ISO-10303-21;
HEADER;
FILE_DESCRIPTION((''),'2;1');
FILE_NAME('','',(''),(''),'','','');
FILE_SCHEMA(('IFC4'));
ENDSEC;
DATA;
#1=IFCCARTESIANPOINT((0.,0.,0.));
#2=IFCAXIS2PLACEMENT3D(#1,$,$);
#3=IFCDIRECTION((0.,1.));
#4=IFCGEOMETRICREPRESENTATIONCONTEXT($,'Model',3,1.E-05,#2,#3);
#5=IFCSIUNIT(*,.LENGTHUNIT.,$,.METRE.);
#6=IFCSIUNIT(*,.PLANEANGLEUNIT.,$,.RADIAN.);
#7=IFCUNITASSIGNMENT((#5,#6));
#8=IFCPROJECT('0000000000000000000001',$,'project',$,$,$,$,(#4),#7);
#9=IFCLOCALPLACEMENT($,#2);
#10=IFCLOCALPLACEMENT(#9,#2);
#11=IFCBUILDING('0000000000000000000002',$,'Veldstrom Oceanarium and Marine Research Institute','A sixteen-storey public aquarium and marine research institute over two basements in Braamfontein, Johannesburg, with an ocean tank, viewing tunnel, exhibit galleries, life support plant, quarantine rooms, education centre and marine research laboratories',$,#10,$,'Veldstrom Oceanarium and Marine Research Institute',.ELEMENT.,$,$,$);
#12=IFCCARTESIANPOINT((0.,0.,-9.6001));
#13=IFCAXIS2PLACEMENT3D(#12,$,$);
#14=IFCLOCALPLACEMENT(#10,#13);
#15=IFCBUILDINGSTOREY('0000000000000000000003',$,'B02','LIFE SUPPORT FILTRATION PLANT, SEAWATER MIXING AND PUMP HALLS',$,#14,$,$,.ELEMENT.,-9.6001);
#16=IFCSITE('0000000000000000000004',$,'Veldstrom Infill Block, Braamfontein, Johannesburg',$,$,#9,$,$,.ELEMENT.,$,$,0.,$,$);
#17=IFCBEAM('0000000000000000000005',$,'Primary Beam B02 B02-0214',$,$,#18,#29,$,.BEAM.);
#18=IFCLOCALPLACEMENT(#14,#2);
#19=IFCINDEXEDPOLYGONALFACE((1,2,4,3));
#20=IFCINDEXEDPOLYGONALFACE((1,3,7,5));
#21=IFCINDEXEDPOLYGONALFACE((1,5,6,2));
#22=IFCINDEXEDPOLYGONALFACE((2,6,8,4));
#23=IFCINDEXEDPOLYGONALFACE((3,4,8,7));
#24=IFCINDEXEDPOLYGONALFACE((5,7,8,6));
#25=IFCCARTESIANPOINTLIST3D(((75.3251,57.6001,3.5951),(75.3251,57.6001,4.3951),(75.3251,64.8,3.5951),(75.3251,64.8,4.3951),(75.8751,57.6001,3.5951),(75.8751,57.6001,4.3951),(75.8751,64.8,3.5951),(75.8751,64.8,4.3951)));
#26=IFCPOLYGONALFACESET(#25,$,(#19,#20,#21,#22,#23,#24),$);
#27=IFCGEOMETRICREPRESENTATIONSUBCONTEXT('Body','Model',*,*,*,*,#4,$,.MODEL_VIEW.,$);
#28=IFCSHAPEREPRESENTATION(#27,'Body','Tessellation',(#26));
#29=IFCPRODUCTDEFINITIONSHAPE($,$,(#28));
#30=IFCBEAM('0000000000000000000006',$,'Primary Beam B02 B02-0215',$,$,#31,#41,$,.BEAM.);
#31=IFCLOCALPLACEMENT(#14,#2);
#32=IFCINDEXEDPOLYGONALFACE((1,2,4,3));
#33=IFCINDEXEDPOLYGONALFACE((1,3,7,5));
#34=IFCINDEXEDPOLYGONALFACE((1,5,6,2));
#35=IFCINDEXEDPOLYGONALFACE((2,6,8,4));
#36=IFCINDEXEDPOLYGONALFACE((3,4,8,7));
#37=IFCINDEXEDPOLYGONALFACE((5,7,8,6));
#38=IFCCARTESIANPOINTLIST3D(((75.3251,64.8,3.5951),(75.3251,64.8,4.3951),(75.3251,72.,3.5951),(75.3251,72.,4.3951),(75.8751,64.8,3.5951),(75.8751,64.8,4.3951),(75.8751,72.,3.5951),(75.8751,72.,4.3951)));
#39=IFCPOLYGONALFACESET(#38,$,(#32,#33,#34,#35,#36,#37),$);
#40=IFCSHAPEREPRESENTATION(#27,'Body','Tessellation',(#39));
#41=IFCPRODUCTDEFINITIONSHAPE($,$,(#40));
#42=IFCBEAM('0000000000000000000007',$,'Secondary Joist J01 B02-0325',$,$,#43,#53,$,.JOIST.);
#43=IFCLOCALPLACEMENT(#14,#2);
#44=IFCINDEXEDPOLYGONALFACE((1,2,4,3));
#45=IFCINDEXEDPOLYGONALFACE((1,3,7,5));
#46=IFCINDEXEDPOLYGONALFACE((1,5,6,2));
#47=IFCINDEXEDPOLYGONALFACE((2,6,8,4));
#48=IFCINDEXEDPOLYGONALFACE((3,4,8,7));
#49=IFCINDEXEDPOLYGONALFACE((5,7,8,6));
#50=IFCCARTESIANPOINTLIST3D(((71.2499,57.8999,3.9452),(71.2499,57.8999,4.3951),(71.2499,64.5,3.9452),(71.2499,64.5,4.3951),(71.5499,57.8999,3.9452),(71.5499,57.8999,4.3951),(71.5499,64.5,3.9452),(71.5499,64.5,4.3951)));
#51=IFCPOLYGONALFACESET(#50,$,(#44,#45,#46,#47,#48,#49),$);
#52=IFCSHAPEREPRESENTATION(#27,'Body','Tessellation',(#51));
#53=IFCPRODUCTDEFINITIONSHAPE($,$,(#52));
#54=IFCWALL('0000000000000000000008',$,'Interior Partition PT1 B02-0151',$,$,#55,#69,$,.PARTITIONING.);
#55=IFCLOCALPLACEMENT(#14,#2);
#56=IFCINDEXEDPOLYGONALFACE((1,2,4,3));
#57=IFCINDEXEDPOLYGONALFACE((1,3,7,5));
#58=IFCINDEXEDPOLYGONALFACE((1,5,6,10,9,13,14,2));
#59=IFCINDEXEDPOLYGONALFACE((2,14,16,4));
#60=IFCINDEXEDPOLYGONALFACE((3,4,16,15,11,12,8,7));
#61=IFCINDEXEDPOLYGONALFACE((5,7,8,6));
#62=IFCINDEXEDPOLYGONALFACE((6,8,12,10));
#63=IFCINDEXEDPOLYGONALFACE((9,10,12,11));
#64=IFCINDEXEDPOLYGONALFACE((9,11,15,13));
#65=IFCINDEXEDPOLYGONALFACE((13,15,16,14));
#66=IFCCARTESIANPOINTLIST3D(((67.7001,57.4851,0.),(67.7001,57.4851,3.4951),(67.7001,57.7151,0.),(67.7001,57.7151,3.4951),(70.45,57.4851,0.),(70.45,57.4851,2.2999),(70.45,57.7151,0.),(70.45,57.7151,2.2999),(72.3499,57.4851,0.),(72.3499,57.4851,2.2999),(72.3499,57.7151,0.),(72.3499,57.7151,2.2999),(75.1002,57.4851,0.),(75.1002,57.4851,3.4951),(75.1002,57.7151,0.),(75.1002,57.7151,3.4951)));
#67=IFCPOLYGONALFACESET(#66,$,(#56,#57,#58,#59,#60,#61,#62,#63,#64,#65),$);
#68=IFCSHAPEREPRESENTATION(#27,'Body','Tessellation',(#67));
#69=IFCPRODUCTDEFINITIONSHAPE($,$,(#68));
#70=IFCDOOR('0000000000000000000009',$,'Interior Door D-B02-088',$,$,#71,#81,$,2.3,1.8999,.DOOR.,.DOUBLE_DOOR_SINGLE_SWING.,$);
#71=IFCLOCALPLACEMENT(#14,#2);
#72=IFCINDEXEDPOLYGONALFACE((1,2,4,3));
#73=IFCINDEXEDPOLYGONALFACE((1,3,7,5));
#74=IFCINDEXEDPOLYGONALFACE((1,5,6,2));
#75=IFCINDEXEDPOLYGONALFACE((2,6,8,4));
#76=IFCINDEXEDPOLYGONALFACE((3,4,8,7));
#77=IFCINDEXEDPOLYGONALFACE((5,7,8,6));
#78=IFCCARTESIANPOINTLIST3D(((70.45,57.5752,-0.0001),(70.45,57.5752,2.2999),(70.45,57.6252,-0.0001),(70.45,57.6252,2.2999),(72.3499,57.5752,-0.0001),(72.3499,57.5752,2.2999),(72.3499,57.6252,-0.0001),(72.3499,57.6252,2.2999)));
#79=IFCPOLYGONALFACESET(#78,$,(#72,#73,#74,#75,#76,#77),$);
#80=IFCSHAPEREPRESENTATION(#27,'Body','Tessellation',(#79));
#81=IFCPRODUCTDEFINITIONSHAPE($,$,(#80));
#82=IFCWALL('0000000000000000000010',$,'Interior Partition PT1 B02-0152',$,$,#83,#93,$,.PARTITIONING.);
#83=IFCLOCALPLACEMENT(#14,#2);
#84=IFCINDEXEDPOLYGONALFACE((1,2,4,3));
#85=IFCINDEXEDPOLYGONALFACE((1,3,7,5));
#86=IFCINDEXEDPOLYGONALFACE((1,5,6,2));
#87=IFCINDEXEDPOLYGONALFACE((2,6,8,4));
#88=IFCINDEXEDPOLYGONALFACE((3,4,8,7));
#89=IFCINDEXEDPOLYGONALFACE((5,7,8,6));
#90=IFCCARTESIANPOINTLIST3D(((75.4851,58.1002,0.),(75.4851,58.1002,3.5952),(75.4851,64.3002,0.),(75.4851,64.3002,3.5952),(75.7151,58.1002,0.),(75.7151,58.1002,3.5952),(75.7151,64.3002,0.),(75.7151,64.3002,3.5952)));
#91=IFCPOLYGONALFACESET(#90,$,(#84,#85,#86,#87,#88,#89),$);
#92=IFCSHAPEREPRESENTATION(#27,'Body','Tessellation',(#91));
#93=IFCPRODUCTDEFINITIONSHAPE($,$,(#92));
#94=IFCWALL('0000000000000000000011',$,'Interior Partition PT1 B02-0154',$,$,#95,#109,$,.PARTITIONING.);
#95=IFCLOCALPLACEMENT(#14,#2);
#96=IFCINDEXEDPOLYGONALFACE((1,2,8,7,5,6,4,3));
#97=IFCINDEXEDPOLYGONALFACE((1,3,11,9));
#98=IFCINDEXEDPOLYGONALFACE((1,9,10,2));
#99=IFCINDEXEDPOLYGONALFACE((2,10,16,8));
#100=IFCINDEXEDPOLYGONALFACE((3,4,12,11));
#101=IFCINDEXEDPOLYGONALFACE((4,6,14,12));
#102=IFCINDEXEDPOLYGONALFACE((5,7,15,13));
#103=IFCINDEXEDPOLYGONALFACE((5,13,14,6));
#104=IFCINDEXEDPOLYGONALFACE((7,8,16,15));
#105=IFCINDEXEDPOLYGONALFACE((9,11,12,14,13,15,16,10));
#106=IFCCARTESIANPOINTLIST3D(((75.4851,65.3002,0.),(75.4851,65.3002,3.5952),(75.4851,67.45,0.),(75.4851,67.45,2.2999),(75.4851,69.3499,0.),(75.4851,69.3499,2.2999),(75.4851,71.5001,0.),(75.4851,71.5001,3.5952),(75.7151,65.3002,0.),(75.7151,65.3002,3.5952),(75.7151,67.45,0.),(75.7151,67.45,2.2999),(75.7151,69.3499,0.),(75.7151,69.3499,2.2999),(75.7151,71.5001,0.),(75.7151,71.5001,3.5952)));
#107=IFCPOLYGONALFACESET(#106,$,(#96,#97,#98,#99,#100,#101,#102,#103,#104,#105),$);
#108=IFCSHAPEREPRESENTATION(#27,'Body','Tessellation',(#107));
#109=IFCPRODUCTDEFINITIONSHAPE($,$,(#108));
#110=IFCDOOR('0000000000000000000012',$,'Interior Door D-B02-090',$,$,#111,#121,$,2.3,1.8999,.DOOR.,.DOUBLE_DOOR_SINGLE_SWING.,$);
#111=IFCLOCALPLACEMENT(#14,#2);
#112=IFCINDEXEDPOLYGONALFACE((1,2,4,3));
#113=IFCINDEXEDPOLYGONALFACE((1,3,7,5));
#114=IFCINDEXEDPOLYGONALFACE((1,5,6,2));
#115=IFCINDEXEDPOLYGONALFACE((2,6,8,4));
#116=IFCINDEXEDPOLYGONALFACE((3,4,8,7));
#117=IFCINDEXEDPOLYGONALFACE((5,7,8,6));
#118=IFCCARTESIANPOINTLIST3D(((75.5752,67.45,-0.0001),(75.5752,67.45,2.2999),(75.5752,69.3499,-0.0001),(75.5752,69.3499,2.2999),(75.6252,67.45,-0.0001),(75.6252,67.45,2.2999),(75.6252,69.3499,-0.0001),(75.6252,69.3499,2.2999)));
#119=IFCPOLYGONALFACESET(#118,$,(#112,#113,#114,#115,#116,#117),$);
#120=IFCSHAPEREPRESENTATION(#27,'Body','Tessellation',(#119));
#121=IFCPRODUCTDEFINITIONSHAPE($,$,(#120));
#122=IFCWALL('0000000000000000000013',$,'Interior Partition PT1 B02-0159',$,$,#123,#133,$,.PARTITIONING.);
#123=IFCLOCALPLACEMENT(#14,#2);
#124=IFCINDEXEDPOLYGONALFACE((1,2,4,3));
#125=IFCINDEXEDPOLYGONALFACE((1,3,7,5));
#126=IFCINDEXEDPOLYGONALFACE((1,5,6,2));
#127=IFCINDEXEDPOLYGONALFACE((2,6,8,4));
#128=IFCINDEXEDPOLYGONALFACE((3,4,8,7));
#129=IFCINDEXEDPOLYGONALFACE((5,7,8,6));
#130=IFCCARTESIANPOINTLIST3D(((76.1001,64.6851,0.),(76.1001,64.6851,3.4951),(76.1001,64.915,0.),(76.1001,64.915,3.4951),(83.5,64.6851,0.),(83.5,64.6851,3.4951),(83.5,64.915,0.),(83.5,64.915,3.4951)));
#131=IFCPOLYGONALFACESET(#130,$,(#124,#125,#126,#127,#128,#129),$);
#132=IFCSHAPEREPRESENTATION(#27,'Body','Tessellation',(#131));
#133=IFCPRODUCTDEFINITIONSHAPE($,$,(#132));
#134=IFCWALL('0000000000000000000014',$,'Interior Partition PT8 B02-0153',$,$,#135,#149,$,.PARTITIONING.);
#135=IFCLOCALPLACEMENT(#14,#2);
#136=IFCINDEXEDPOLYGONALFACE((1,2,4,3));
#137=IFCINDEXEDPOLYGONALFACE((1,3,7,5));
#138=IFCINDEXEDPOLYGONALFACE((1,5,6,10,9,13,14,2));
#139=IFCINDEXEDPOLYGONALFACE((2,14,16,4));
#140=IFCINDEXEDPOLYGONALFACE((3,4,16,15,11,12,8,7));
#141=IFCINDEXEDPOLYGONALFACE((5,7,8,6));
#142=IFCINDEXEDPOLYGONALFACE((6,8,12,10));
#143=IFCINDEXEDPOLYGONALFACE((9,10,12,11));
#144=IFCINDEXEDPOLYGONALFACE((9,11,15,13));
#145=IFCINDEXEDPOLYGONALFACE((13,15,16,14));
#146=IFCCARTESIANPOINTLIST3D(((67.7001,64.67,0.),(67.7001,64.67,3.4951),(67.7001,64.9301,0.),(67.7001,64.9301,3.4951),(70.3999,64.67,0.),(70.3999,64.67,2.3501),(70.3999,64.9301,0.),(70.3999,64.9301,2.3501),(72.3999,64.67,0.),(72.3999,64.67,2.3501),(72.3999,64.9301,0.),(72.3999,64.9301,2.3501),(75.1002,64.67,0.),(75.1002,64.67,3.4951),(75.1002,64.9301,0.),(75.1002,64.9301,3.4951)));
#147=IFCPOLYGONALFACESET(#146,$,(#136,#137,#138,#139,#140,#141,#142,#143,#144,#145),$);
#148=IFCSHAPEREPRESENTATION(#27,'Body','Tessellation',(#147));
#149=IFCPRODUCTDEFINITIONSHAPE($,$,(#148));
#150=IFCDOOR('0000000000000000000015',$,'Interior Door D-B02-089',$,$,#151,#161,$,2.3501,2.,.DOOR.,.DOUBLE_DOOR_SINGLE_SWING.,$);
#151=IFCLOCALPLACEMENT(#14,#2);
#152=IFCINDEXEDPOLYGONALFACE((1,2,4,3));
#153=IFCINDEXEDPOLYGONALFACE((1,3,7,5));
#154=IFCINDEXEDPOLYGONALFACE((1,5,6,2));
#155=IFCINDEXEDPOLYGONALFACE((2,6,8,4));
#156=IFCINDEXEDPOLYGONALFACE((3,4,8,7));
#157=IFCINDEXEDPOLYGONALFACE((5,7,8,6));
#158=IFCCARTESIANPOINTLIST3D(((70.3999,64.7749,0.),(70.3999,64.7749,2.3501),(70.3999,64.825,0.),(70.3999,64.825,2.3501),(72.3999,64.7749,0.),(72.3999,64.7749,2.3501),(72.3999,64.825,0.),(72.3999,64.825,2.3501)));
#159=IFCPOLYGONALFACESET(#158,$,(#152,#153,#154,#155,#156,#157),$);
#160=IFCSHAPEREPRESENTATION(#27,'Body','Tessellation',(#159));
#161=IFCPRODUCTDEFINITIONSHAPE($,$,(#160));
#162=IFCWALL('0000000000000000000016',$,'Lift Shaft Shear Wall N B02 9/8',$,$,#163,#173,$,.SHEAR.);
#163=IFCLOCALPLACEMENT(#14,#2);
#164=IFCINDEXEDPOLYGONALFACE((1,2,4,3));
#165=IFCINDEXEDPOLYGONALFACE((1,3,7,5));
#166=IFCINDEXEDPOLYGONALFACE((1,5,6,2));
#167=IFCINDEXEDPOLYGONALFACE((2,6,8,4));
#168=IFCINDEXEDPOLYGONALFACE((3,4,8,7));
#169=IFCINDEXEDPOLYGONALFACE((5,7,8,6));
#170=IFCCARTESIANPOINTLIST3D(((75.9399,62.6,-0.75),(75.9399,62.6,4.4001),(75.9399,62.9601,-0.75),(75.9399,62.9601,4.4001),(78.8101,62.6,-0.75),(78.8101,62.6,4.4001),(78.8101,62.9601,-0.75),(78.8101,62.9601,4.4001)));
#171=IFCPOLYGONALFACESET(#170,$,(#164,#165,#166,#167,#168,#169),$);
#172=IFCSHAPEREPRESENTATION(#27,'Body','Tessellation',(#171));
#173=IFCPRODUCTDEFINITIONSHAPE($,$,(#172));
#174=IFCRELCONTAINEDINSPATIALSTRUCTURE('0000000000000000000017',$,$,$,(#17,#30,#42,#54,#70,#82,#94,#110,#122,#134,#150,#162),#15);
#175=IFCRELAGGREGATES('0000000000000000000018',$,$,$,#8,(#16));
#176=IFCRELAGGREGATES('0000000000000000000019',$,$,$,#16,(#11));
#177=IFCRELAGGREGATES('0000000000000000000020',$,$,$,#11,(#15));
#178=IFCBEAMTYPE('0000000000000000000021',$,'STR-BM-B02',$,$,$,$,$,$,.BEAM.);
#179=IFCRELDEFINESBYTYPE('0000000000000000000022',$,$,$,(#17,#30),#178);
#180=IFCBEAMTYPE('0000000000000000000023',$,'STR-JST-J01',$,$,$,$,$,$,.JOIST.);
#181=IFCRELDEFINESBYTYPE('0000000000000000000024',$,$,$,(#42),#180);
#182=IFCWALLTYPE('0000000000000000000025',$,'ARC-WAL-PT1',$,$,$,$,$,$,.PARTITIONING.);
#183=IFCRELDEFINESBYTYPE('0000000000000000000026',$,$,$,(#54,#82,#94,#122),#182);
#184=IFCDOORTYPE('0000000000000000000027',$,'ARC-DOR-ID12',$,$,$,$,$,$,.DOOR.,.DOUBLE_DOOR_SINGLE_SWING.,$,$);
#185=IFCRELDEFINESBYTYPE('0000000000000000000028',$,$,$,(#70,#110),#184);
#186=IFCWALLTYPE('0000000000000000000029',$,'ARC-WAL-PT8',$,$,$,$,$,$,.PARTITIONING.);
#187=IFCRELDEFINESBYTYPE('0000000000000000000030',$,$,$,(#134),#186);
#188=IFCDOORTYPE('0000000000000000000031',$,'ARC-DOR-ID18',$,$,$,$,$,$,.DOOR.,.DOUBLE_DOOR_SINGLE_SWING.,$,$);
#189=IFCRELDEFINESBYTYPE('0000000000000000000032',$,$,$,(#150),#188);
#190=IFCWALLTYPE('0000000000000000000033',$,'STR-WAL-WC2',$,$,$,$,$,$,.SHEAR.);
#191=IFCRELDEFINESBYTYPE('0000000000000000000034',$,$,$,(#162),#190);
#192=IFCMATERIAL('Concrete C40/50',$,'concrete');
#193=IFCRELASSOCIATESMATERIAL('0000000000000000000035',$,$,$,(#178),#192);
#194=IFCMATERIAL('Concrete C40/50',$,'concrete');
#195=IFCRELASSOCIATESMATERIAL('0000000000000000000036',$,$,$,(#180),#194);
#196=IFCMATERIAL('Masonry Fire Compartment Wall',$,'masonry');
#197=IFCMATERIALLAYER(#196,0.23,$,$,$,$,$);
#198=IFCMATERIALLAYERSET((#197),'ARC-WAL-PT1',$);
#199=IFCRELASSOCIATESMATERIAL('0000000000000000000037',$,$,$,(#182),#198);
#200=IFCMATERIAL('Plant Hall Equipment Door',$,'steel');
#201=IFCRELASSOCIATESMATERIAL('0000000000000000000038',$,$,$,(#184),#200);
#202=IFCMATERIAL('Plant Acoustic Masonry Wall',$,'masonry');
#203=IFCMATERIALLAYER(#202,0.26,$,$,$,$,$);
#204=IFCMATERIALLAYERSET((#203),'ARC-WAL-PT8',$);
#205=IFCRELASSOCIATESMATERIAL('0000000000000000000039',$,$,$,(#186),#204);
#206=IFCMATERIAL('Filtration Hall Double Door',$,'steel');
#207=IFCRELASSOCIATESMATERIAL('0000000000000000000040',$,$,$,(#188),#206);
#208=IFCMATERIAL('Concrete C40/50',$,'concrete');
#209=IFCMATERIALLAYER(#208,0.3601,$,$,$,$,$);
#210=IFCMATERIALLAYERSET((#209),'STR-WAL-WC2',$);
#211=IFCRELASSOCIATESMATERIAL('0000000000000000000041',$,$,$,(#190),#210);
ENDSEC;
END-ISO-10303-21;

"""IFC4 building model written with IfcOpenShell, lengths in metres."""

from ifc_helpers import new_model, si_unit, direction, frame, frame_2d, origin, origin_2d, place, context, subcontext, project, spatial, rectangle, extrude, material, layer, layer_set, material_profile, profile_set, type_object, element, fill, save


model = new_model("IFC4")

# Units and contexts
model_context = context("Model", 3, precision=1e-05, world=origin(), true_north=direction((0.0, 1.0)))
body_context = subcontext(model_context, "Body", "Model", "MODEL_VIEW")
ifc_project = project(units=[si_unit("LENGTHUNIT", "METRE"), si_unit("PLANEANGLEUNIT", "RADIAN")], contexts=[model_context])

# Site, building, storey
site_placement = place(None, origin())
site = spatial("IfcSite", under=ifc_project, at=site_placement, Name="Veldstrom Infill Block, Braamfontein, Johannesburg", CompositionType="ELEMENT", RefElevation=0.0)
building_placement = place(site_placement, origin())
building = spatial("IfcBuilding", under=site, at=building_placement, Name="Veldstrom Oceanarium and Marine Research Institute", Description="A sixteen-storey public aquarium and marine research institute over two basements in Braamfontein, Johannesburg, with an ocean tank, viewing tunnel, exhibit galleries, life support plant, quarantine rooms, education centre and marine research laboratories", LongName="Veldstrom Oceanarium and Marine Research Institute", CompositionType="ELEMENT")
storey_placement = place(building_placement, frame((0.0, 0.0, -9.6001)))
storey = spatial("IfcBuildingStorey", under=building, at=storey_placement, Name="B02", Description="LIFE SUPPORT FILTRATION PLANT, SEAWATER MIXING AND PUMP HALLS", CompositionType="ELEMENT", Elevation=-9.6001)

# Beams
ifc_material_1 = material(Name="Concrete C40/50", Category="concrete")
ifc_material_profile_1 = material_profile(ifc_material_1, rectangle(XDim=0.55, YDim=0.8, at=origin_2d()), Name="RC-BM-550x800")
ifc_profile_set_1 = profile_set([ifc_material_profile_1], Name="Concrete C40/50")
beam_type_1 = type_object("IfcBeamType", Name="STR-BM-B02", PredefinedType="BEAM", material=ifc_profile_set_1)
for number, where, z_axis, x_axis, name in (
    (1, (75.6001, 57.6001, 3.9951), (0.0, 1.0, 0.0), (-1.0, 0.0, 0.0), "Primary Beam B02 B02-0214"),
    (2, (75.6001, 64.8, 3.9951), (0.0, 1.0, 0.0), (-1.0, 0.0, 0.0), "Primary Beam B02 B02-0215"),
):
    element("IfcBeam", number, at=place(storey_placement, frame(where, z_axis=z_axis, x_axis=x_axis)), inside=storey, type_object=beam_type_1, Name=name, PredefinedType="BEAM", context=body_context, shape_type="SweptSolid", body=[
        extrude(rectangle(XDim=0.55, YDim=0.8, at=origin_2d()), origin(), (0.0, 0.0, 1.0), 7.2),
    ])
ifc_material_2 = material(Name="Concrete C40/50", Category="concrete")
ifc_material_profile_2 = material_profile(ifc_material_2, rectangle(XDim=0.3, YDim=0.45, at=origin_2d()), Name="RC-JST-300x450")
ifc_profile_set_2 = profile_set([ifc_material_profile_2], Name="Concrete C40/50")
beam_type_2 = type_object("IfcBeamType", Name="STR-JST-J01", PredefinedType="JOIST", material=ifc_profile_set_2)
beam_placement = place(storey_placement, frame((71.3999, 57.8999, 4.1702), z_axis=(0.0, 1.0, 0.0), x_axis=(-1.0, 0.0, 0.0)))
element("IfcBeam", 3, at=beam_placement, inside=storey, type_object=beam_type_2, Name="Secondary Joist J01 B02-0325", PredefinedType="JOIST", context=body_context, shape_type="SweptSolid", body=[
    extrude(rectangle(XDim=0.3, YDim=0.45, at=origin_2d()), origin(), (0.0, 0.0, 1.0), 6.6001),
])

# Wall, opening, door
ifc_material_3 = material(Name="Masonry Fire Compartment Wall", Category="masonry")
ifc_layer_1 = layer(ifc_material_3, 0.23)
ifc_layer_set_1 = layer_set([ifc_layer_1], Name="ARC-WAL-PT1")
wall_type_1 = type_object("IfcWallType", Name="ARC-WAL-PT1", PredefinedType="PARTITIONING", material=ifc_layer_set_1)
wall_1_placement = place(storey_placement, frame((67.7, 57.6001, 0.0), z_axis=(0.0, 0.0, 1.0), x_axis=(1.0, 0.0, 0.0)))
wall_1 = element("IfcWall", 4, at=wall_1_placement, inside=storey, type_object=wall_type_1, Name="Interior Partition PT1 B02-0151", PredefinedType="PARTITIONING", context=body_context, shape_type="SweptSolid", body=[
    extrude(rectangle(XDim=7.4001, YDim=0.23, at=frame_2d((3.7002, 0.0))), origin(), (0.0, 0.0, 1.0), 3.4951),
])
opening_1_placement = place(wall_1_placement, frame((2.75, 0.0, 0.0)))
opening_1 = element("IfcOpeningElement", 5, at=opening_1_placement, cuts=wall_1, PredefinedType="OPENING", context=body_context, shape_type="SweptSolid", body=[
    extrude(rectangle(XDim=1.8999, YDim=2.3, at=frame_2d((0.95, 1.1499))), frame((0.0, 0.125, 0.0), z_axis=(0.0, -1.0, 0.0), x_axis=(1.0, 0.0, 0.0)), (0.0, 0.0, 1.0), 0.25),
])
ifc_material_4 = material(Name="Plant Hall Equipment Door", Category="steel")
door_type_1 = type_object("IfcDoorType", Name="ARC-DOR-ID12", OperationType="DOUBLE_DOOR_SINGLE_SWING", PredefinedType="DOOR", material=ifc_material_4)
door_1_placement = place(opening_1_placement, frame((1.8999, 0.0, 0.0), z_axis=(0.0, 0.0, 1.0), x_axis=(-1.0, 0.0, 0.0)))
door_1 = element("IfcDoor", 6, at=door_1_placement, inside=storey, type_object=door_type_1, Name="Interior Door D-B02-088", OperationType="DOUBLE_DOOR_SINGLE_SWING", OverallHeight=2.3, OverallWidth=1.8999, PredefinedType="DOOR", context=body_context, shape_type="SweptSolid", body=[
    extrude(rectangle(XDim=1.8999, YDim=2.3, at=frame_2d((0.95, 1.1499))), frame((0.0, 0.0249, 0.0), z_axis=(0.0, -1.0, 0.0), x_axis=(1.0, 0.0, 0.0)), (0.0, 0.0, 1.0), 0.05),
])
fill(opening_1, door_1)

# Wall
wall_2_placement = place(storey_placement, frame((75.6001, 58.1001, 0.0), z_axis=(0.0, 0.0, 1.0), x_axis=(0.0, 1.0, 0.0)))
element("IfcWall", 7, at=wall_2_placement, inside=storey, type_object=wall_type_1, Name="Interior Partition PT1 B02-0152", PredefinedType="PARTITIONING", context=body_context, shape_type="SweptSolid", body=[
    extrude(rectangle(XDim=6.2, YDim=0.23, at=frame_2d((3.1001, 0.0))), origin(), (0.0, 0.0, 1.0), 3.5952),
])

# Wall, opening, door
wall_3_placement = place(storey_placement, frame((75.6001, 65.3, 0.0), z_axis=(0.0, 0.0, 1.0), x_axis=(0.0, 1.0, 0.0)))
wall_3 = element("IfcWall", 8, at=wall_3_placement, inside=storey, type_object=wall_type_1, Name="Interior Partition PT1 B02-0154", PredefinedType="PARTITIONING", context=body_context, shape_type="SweptSolid", body=[
    extrude(rectangle(XDim=6.2, YDim=0.23, at=frame_2d((3.1001, 0.0))), origin(), (0.0, 0.0, 1.0), 3.5952),
])
opening_2_placement = place(wall_3_placement, frame((2.1499, 0.0, 0.0)))
opening_2 = element("IfcOpeningElement", 9, at=opening_2_placement, cuts=wall_3, PredefinedType="OPENING", context=body_context, shape_type="SweptSolid", body=[
    extrude(rectangle(XDim=1.8999, YDim=2.3, at=frame_2d((0.95, 1.1499))), frame((0.0, 0.125, 0.0), z_axis=(0.0, -1.0, 0.0), x_axis=(1.0, 0.0, 0.0)), (0.0, 0.0, 1.0), 0.25),
])
door_2_placement = place(opening_2_placement, origin())
door_2 = element("IfcDoor", 10, at=door_2_placement, inside=storey, type_object=door_type_1, Name="Interior Door D-B02-090", OperationType="DOUBLE_DOOR_SINGLE_SWING", OverallHeight=2.3, OverallWidth=1.8999, PredefinedType="DOOR", context=body_context, shape_type="SweptSolid", body=[
    extrude(rectangle(XDim=1.8999, YDim=2.3, at=frame_2d((0.95, 1.1499))), frame((0.0, 0.0249, 0.0), z_axis=(0.0, -1.0, 0.0), x_axis=(1.0, 0.0, 0.0)), (0.0, 0.0, 1.0), 0.05),
])
fill(opening_2, door_2)

# Wall
wall_4_placement = place(storey_placement, frame((76.1001, 64.8, 0.0), z_axis=(0.0, 0.0, 1.0), x_axis=(1.0, 0.0, 0.0)))
element("IfcWall", 11, at=wall_4_placement, inside=storey, type_object=wall_type_1, Name="Interior Partition PT1 B02-0159", PredefinedType="PARTITIONING", context=body_context, shape_type="SweptSolid", body=[
    extrude(rectangle(XDim=7.3999, YDim=0.23, at=frame_2d((3.7, 0.0))), origin(), (0.0, 0.0, 1.0), 3.4951),
])

# Wall, opening, door
ifc_material_5 = material(Name="Plant Acoustic Masonry Wall", Category="masonry")
ifc_layer_2 = layer(ifc_material_5, 0.26)
ifc_layer_set_2 = layer_set([ifc_layer_2], Name="ARC-WAL-PT8")
wall_type_2 = type_object("IfcWallType", Name="ARC-WAL-PT8", PredefinedType="PARTITIONING", material=ifc_layer_set_2)
wall_5_placement = place(storey_placement, frame((67.7, 64.8, 0.0), z_axis=(0.0, 0.0, 1.0), x_axis=(1.0, 0.0, 0.0)))
wall_5 = element("IfcWall", 12, at=wall_5_placement, inside=storey, type_object=wall_type_2, Name="Interior Partition PT8 B02-0153", PredefinedType="PARTITIONING", context=body_context, shape_type="SweptSolid", body=[
    extrude(rectangle(XDim=7.4001, YDim=0.26, at=frame_2d((3.7002, 0.0))), origin(), (0.0, 0.0, 1.0), 3.4951),
])
opening_3_placement = place(wall_5_placement, frame((2.7, 0.0, 0.0)))
opening_3 = element("IfcOpeningElement", 13, at=opening_3_placement, cuts=wall_5, PredefinedType="OPENING", context=body_context, shape_type="SweptSolid", body=[
    extrude(rectangle(XDim=2.0, YDim=2.3501, at=frame_2d((1.0, 1.175))), frame((0.0, 0.1399, 0.0), z_axis=(0.0, -1.0, 0.0), x_axis=(1.0, 0.0, 0.0)), (0.0, 0.0, 1.0), 0.28),
])
ifc_material_6 = material(Name="Filtration Hall Double Door", Category="steel")
door_type_2 = type_object("IfcDoorType", Name="ARC-DOR-ID18", OperationType="DOUBLE_DOOR_SINGLE_SWING", PredefinedType="DOOR", material=ifc_material_6)
door_3_placement = place(opening_3_placement, origin())
door_3 = element("IfcDoor", 14, at=door_3_placement, inside=storey, type_object=door_type_2, Name="Interior Door D-B02-089", OperationType="DOUBLE_DOOR_SINGLE_SWING", OverallHeight=2.3501, OverallWidth=2.0, PredefinedType="DOOR", context=body_context, shape_type="SweptSolid", body=[
    extrude(rectangle(XDim=2.0, YDim=2.3501, at=frame_2d((1.0, 1.175))), frame((0.0, 0.0249, 0.0), z_axis=(0.0, -1.0, 0.0), x_axis=(1.0, 0.0, 0.0)), (0.0, 0.0, 1.0), 0.05),
])
fill(opening_3, door_3)

# Wall
ifc_material_7 = material(Name="Concrete C40/50", Category="concrete")
ifc_layer_3 = layer(ifc_material_7, 0.3601)
ifc_layer_set_3 = layer_set([ifc_layer_3], Name="STR-WAL-WC2")
wall_type_3 = type_object("IfcWallType", Name="STR-WAL-WC2", PredefinedType="SHEAR", material=ifc_layer_set_3)
wall_6_placement = place(storey_placement, frame((75.9399, 62.78, -0.75), z_axis=(0.0, 0.0, 1.0), x_axis=(1.0, 0.0, 0.0)))
element("IfcWall", 15, at=wall_6_placement, inside=storey, type_object=wall_type_3, Name="Lift Shaft Shear Wall N B02 9/8", PredefinedType="SHEAR", context=body_context, shape_type="SweptSolid", body=[
    extrude(rectangle(XDim=2.8701, YDim=0.3601, at=frame_2d((1.4351, 0.0))), origin(), (0.0, 0.0, 1.0), 5.1501),
])

save(model, "model.ifc")
